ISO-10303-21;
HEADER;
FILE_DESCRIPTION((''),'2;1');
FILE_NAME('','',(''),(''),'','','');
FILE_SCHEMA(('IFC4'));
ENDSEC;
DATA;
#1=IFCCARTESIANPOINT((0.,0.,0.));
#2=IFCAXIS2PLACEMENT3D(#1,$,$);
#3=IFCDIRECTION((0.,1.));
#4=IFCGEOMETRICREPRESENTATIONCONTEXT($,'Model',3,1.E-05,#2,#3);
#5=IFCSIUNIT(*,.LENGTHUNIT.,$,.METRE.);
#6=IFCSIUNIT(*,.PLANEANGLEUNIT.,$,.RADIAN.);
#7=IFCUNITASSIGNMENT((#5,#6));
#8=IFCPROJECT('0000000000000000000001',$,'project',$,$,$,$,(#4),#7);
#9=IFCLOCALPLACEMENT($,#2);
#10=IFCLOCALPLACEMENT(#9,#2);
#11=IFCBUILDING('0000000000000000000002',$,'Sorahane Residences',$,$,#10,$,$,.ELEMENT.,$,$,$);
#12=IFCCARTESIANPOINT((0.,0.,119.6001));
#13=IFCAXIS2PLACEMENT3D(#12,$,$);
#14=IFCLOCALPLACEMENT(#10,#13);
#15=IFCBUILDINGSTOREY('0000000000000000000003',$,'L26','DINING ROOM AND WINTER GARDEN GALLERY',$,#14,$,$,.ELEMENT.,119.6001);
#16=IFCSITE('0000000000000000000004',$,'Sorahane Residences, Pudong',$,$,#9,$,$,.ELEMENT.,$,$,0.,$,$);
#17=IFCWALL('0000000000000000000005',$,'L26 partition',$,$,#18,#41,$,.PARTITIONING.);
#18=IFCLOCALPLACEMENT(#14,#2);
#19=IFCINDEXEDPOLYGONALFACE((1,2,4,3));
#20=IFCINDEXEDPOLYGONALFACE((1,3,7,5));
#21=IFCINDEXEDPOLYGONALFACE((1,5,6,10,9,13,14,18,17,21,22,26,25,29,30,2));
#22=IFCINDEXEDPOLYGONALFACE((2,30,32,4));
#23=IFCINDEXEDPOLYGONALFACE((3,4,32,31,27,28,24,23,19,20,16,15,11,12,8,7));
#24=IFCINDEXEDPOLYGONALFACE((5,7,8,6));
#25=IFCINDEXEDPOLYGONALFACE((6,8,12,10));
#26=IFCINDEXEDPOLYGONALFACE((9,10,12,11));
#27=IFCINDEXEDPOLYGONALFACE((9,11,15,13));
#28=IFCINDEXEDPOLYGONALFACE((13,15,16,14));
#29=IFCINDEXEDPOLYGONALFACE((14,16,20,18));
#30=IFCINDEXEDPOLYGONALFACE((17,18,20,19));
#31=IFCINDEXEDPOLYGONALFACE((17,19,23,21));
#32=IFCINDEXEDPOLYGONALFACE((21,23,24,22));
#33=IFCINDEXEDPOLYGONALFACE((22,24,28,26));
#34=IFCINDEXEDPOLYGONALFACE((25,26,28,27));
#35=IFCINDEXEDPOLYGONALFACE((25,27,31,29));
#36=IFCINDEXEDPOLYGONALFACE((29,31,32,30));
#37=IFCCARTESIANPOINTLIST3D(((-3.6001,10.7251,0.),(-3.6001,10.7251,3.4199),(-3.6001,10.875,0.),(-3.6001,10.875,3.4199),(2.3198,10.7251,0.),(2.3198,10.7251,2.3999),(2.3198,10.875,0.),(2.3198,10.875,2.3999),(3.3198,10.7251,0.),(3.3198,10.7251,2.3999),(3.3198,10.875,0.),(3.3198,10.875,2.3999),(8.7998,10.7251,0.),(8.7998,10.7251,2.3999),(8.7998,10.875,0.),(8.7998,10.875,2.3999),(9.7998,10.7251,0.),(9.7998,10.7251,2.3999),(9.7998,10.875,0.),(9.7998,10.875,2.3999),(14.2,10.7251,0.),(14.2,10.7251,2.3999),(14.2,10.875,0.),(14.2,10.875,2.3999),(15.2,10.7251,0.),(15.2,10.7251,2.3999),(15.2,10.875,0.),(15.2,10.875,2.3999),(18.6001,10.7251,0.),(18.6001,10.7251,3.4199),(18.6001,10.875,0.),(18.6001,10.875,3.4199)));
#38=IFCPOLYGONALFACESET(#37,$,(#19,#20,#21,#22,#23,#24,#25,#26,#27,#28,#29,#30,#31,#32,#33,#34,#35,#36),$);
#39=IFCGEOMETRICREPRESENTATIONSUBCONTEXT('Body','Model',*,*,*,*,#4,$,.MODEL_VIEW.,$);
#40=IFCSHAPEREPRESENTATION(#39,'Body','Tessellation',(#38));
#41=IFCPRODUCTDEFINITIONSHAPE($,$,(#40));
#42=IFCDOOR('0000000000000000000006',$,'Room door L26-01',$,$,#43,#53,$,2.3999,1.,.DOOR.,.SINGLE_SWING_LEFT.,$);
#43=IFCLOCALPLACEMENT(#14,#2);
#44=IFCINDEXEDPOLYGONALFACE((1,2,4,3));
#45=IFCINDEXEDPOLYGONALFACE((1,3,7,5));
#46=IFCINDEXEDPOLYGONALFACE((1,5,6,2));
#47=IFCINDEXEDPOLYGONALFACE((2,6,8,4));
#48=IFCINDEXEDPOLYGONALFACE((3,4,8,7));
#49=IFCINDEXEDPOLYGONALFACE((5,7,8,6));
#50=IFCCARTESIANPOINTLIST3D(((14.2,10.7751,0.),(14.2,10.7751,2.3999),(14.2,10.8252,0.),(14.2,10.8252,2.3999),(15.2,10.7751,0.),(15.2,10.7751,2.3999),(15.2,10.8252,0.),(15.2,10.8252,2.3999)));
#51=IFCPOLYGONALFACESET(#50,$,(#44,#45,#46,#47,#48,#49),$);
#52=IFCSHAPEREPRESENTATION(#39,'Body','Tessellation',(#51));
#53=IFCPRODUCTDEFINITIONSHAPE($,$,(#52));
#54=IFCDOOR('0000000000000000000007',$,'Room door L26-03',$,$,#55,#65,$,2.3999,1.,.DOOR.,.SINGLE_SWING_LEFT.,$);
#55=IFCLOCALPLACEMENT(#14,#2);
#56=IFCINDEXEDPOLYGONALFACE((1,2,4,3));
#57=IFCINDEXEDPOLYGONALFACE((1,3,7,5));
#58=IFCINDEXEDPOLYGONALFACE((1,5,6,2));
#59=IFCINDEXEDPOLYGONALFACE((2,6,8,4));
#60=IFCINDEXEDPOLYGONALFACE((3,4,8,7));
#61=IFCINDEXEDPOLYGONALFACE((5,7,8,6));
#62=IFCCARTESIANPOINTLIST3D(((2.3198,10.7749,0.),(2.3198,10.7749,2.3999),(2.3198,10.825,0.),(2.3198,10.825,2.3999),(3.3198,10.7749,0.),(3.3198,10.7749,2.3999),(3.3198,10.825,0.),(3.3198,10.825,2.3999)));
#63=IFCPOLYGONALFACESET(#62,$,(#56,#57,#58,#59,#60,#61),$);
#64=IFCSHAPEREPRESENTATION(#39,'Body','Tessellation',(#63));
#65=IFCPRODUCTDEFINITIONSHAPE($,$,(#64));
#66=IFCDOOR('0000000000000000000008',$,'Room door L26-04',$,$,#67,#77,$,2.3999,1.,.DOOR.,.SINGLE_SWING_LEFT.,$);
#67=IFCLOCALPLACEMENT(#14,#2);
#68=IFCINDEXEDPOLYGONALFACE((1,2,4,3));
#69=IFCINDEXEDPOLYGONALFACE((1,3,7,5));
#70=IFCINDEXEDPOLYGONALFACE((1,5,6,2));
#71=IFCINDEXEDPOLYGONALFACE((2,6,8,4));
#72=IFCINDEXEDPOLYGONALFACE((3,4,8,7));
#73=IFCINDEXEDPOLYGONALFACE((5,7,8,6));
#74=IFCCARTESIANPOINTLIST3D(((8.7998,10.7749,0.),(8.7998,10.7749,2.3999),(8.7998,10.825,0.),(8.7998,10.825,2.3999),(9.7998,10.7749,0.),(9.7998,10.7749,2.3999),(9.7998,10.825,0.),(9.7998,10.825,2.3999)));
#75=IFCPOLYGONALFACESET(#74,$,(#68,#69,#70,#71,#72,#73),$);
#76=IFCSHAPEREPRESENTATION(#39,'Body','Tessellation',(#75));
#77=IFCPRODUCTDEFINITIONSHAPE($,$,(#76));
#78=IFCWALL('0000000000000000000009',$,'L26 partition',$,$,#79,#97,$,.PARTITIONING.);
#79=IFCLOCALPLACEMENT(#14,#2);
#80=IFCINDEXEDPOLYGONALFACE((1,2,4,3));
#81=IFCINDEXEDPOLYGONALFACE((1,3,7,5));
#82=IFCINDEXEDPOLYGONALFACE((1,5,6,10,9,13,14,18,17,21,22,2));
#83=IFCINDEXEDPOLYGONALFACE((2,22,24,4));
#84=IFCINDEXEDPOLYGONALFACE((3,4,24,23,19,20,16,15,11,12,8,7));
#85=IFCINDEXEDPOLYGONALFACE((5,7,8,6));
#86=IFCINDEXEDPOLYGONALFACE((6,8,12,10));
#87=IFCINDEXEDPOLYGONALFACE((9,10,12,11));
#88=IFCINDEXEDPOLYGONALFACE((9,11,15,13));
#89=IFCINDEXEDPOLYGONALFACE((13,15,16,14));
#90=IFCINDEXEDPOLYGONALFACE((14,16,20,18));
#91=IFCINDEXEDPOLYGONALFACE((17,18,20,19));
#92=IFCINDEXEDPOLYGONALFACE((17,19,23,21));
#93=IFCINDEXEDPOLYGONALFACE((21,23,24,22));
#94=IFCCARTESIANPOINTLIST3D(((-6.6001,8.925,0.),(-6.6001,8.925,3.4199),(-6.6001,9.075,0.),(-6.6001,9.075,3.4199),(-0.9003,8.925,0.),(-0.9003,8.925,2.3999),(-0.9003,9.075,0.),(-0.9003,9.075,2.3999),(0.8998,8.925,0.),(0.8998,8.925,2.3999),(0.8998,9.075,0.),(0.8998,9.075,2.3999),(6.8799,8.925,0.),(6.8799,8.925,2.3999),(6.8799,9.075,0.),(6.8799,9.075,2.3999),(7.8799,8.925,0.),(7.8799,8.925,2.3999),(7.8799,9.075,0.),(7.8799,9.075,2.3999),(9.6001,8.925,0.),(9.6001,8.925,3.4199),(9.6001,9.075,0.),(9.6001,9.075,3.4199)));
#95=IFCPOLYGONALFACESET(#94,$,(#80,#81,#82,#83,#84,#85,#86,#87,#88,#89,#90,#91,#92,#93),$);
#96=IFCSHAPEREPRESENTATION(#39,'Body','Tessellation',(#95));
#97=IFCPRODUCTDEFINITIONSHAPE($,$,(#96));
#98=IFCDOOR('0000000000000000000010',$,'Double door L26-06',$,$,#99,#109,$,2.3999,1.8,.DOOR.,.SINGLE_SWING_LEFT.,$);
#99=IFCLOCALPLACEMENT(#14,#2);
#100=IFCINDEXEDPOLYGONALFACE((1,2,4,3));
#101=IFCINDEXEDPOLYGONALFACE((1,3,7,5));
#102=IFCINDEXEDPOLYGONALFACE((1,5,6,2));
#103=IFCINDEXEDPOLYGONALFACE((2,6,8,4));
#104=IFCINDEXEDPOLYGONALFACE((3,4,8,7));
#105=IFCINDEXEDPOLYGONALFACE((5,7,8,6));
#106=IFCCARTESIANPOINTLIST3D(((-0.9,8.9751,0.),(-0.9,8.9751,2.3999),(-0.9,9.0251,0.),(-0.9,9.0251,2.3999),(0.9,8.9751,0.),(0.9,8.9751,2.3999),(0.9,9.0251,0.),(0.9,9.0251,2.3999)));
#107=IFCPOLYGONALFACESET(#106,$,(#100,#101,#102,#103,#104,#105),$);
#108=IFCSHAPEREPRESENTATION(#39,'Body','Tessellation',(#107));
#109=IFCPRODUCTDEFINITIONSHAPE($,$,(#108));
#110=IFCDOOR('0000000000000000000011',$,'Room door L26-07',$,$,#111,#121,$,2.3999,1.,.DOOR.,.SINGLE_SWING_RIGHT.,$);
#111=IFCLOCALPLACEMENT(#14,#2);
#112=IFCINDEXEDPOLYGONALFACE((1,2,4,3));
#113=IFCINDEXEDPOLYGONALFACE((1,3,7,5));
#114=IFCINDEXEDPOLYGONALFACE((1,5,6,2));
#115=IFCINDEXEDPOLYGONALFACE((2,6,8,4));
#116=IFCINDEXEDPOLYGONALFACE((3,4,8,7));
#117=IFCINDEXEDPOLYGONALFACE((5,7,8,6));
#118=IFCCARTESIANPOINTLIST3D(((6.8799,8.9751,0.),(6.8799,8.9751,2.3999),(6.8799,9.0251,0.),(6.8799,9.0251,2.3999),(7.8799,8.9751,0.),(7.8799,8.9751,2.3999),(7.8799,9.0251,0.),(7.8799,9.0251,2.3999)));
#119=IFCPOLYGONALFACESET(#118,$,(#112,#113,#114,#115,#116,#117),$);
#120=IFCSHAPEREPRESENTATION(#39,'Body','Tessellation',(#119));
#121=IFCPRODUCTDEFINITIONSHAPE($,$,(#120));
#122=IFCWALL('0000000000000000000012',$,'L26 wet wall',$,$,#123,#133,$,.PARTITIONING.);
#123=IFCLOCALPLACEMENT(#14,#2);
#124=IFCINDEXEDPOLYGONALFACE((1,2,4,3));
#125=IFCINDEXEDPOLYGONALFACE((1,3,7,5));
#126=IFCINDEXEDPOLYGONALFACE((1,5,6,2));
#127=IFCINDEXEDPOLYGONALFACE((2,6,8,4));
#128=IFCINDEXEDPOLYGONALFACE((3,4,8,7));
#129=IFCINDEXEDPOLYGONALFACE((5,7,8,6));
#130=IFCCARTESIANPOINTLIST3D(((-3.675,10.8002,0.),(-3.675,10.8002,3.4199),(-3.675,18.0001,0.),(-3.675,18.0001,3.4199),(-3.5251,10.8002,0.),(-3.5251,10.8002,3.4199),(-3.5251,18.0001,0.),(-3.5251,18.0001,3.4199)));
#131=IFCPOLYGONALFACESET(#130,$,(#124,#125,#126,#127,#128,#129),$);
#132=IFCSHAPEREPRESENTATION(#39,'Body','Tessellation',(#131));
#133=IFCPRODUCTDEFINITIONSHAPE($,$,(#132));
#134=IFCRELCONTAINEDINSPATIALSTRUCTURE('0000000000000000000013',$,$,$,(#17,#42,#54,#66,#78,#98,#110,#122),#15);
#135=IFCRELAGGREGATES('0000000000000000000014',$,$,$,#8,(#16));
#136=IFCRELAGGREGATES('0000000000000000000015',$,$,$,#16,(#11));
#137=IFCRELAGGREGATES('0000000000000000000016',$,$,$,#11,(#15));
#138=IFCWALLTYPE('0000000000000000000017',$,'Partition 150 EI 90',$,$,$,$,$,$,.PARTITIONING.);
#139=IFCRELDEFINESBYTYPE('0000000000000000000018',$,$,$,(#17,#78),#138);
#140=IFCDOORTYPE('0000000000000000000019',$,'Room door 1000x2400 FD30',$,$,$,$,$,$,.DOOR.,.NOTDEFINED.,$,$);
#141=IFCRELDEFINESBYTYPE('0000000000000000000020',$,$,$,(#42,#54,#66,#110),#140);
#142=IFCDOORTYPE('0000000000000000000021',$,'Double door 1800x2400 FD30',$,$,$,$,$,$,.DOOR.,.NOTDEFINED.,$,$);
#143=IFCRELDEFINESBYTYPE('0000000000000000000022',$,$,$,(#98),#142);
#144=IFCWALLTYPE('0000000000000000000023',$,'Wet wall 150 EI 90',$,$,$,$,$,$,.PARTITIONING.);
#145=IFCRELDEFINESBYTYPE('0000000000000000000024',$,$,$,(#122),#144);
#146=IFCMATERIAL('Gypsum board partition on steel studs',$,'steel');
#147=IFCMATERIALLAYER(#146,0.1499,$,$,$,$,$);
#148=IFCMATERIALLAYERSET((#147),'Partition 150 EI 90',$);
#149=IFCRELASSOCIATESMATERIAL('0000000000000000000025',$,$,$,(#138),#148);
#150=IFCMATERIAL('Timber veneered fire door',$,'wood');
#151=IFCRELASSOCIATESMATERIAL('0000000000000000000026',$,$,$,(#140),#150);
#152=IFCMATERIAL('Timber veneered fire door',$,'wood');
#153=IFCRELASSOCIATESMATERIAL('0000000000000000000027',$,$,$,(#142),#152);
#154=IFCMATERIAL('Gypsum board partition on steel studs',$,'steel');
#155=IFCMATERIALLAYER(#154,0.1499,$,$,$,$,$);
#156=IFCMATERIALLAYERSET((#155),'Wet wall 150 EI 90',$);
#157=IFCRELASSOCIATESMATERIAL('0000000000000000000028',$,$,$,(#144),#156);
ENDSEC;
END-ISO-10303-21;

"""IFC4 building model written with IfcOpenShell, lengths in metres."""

from ifc_helpers import new_model, si_unit, direction, frame, frame_2d, origin, place, context, subcontext, project, spatial, rectangle, extrude, material, layer, layer_set, type_object, element, fill, save


model = new_model("IFC4")

# Units and contexts
model_context = context("Model", 3, precision=1e-05, world=origin(), true_north=direction((0.0, 1.0)))
body_context = subcontext(model_context, "Body", "Model", "MODEL_VIEW")
ifc_project = project(units=[si_unit("LENGTHUNIT", "METRE"), si_unit("PLANEANGLEUNIT", "RADIAN")], contexts=[model_context])

# Site, building, storey
site_placement = place(None, origin())
site = spatial("IfcSite", under=ifc_project, at=site_placement, Name="Sorahane Residences, Pudong", CompositionType="ELEMENT", RefElevation=0.0)
building_placement = place(site_placement, origin())
building = spatial("IfcBuilding", under=site, at=building_placement, Name="Sorahane Residences", CompositionType="ELEMENT")
storey_placement = place(building_placement, frame((0.0, 0.0, 119.6001)))
storey = spatial("IfcBuildingStorey", under=building, at=storey_placement, Name="L26", Description="DINING ROOM AND WINTER GARDEN GALLERY", CompositionType="ELEMENT", Elevation=119.6001)

# Shared definitions
ifc_material_1 = material(Name="Gypsum board partition on steel studs", Category="steel")
ifc_layer_1 = layer(ifc_material_1, 0.1499)
ifc_layer_set_1 = layer_set([ifc_layer_1], Name="Partition 150 EI 90")
wall_type_1 = type_object("IfcWallType", Name="Partition 150 EI 90", PredefinedType="PARTITIONING", material=ifc_layer_set_1)

# Walls, openings, doors
wall_1_placement = place(storey_placement, frame((-3.6001, 10.8, 0.0), z_axis=(0.0, 0.0, 1.0), x_axis=(1.0, 0.0, 0.0)))
wall_1 = element("IfcWall", 1, at=wall_1_placement, inside=storey, type_object=wall_type_1, Name="L26 partition", PredefinedType="PARTITIONING", context=body_context, shape_type="SweptSolid", body=[
    extrude(rectangle(XDim=22.2002, YDim=0.1499, at=frame_2d((11.1001, 0.0))), origin(), (0.0, 0.0, 1.0), 3.4199),
])
opening_1_placement = place(wall_1_placement, frame((17.8, 0.0, 0.0)))
opening_1 = element("IfcOpeningElement", 2, at=opening_1_placement, cuts=wall_1, PredefinedType="OPENING", context=body_context, shape_type="SweptSolid", body=[
    extrude(rectangle(XDim=1.0, YDim=2.3999, at=frame_2d((0.5, 1.2))), frame((0.0, 0.085, 0.0), z_axis=(0.0, -1.0, 0.0), x_axis=(1.0, 0.0, 0.0)), (0.0, 0.0, 1.0), 0.1699),
])
opening_2_placement = place(wall_1_placement, frame((5.9199, 0.0, 0.0)))
opening_2 = element("IfcOpeningElement", 3, at=opening_2_placement, cuts=wall_1, PredefinedType="OPENING", context=body_context, shape_type="SweptSolid", body=[
    extrude(rectangle(XDim=1.0, YDim=2.3999, at=frame_2d((0.5, 1.2))), frame((0.0, 0.085, 0.0), z_axis=(0.0, -1.0, 0.0), x_axis=(1.0, 0.0, 0.0)), (0.0, 0.0, 1.0), 0.1699),
])
opening_3_placement = place(wall_1_placement, frame((12.3999, 0.0, 0.0)))
opening_3 = element("IfcOpeningElement", 4, at=opening_3_placement, cuts=wall_1, PredefinedType="OPENING", context=body_context, shape_type="SweptSolid", body=[
    extrude(rectangle(XDim=1.0, YDim=2.3999, at=frame_2d((0.5, 1.2))), frame((0.0, 0.085, 0.0), z_axis=(0.0, -1.0, 0.0), x_axis=(1.0, 0.0, 0.0)), (0.0, 0.0, 1.0), 0.1699),
])
ifc_material_2 = material(Name="Timber veneered fire door", Category="wood")
door_type_1 = type_object("IfcDoorType", Name="Room door 1000x2400 FD30", OperationType="NOTDEFINED", PredefinedType="DOOR", material=ifc_material_2)
door_1_placement = place(opening_1_placement, frame((1.0, 0.0, 0.0), z_axis=(0.0, 0.0, 1.0), x_axis=(-1.0, 0.0, 0.0)))
door_1 = element("IfcDoor", 5, at=door_1_placement, inside=storey, type_object=door_type_1, Name="Room door L26-01", OperationType="SINGLE_SWING_LEFT", OverallHeight=2.3999, OverallWidth=1.0, PredefinedType="DOOR", context=body_context, shape_type="SweptSolid", body=[
    extrude(rectangle(XDim=1.0, YDim=2.3999, at=frame_2d((0.5, 1.2))), frame((0.0, 0.0249, 0.0), z_axis=(0.0, -1.0, 0.0), x_axis=(1.0, 0.0, 0.0)), (0.0, 0.0, 1.0), 0.05),
])
fill(opening_1, door_1)
door_2_placement = place(opening_2_placement, origin())
door_2 = element("IfcDoor", 6, at=door_2_placement, inside=storey, type_object=door_type_1, Name="Room door L26-03", OperationType="SINGLE_SWING_LEFT", OverallHeight=2.3999, OverallWidth=1.0, PredefinedType="DOOR", context=body_context, shape_type="SweptSolid", body=[
    extrude(rectangle(XDim=1.0, YDim=2.3999, at=frame_2d((0.5, 1.2))), frame((0.0, 0.0249, 0.0), z_axis=(0.0, -1.0, 0.0), x_axis=(1.0, 0.0, 0.0)), (0.0, 0.0, 1.0), 0.05),
])
fill(opening_2, door_2)
door_3_placement = place(opening_3_placement, origin())
door_3 = element("IfcDoor", 7, at=door_3_placement, inside=storey, type_object=door_type_1, Name="Room door L26-04", OperationType="SINGLE_SWING_LEFT", OverallHeight=2.3999, OverallWidth=1.0, PredefinedType="DOOR", context=body_context, shape_type="SweptSolid", body=[
    extrude(rectangle(XDim=1.0, YDim=2.3999, at=frame_2d((0.5, 1.2))), frame((0.0, 0.0249, 0.0), z_axis=(0.0, -1.0, 0.0), x_axis=(1.0, 0.0, 0.0)), (0.0, 0.0, 1.0), 0.05),
])
fill(opening_3, door_3)
wall_2_placement = place(storey_placement, frame((-6.6001, 9.0, 0.0), z_axis=(0.0, 0.0, 1.0), x_axis=(1.0, 0.0, 0.0)))
wall_2 = element("IfcWall", 8, at=wall_2_placement, inside=storey, type_object=wall_type_1, Name="L26 partition", PredefinedType="PARTITIONING", context=body_context, shape_type="SweptSolid", body=[
    extrude(rectangle(XDim=16.2002, YDim=0.1499, at=frame_2d((8.1001, 0.0))), origin(), (0.0, 0.0, 1.0), 3.4199),
])
opening_4_placement = place(wall_2_placement, frame((5.7, 0.0, 0.0)))
opening_4 = element("IfcOpeningElement", 9, at=opening_4_placement, cuts=wall_2, PredefinedType="OPENING", context=body_context, shape_type="SweptSolid", body=[
    extrude(rectangle(XDim=1.8, YDim=2.3999, at=frame_2d((0.8999, 1.2))), frame((0.0, 0.085, 0.0), z_axis=(0.0, -1.0, 0.0), x_axis=(1.0, 0.0, 0.0)), (0.0, 0.0, 1.0), 0.1699),
])
opening_5_placement = place(wall_2_placement, frame((13.48, 0.0, 0.0)))
opening_5 = element("IfcOpeningElement", 10, at=opening_5_placement, cuts=wall_2, PredefinedType="OPENING", context=body_context, shape_type="SweptSolid", body=[
    extrude(rectangle(XDim=1.0, YDim=2.3999, at=frame_2d((0.5, 1.2))), frame((0.0, 0.085, 0.0), z_axis=(0.0, -1.0, 0.0), x_axis=(1.0, 0.0, 0.0)), (0.0, 0.0, 1.0), 0.1699),
])
ifc_material_3 = material(Name="Timber veneered fire door", Category="wood")
door_type_2 = type_object("IfcDoorType", Name="Double door 1800x2400 FD30", OperationType="NOTDEFINED", PredefinedType="DOOR", material=ifc_material_3)
door_4_placement = place(opening_4_placement, frame((1.8, 0.0, 0.0), z_axis=(0.0, 0.0, 1.0), x_axis=(-1.0, 0.0, 0.0)))
door_4 = element("IfcDoor", 11, at=door_4_placement, inside=storey, type_object=door_type_2, Name="Double door L26-06", OperationType="SINGLE_SWING_LEFT", OverallHeight=2.3999, OverallWidth=1.8, PredefinedType="DOOR", context=body_context, shape_type="SweptSolid", body=[
    extrude(rectangle(XDim=1.8, YDim=2.3999, at=frame_2d((0.8999, 1.2))), frame((0.0, 0.0249, 0.0), z_axis=(0.0, -1.0, 0.0), x_axis=(1.0, 0.0, 0.0)), (0.0, 0.0, 1.0), 0.05),
])
fill(opening_4, door_4)
door_5_placement = place(opening_5_placement, frame((1.0, 0.0, 0.0), z_axis=(0.0, 0.0, 1.0), x_axis=(-1.0, 0.0, 0.0)))
door_5 = element("IfcDoor", 12, at=door_5_placement, inside=storey, type_object=door_type_1, Name="Room door L26-07", OperationType="SINGLE_SWING_RIGHT", OverallHeight=2.3999, OverallWidth=1.0, PredefinedType="DOOR", context=body_context, shape_type="SweptSolid", body=[
    extrude(rectangle(XDim=1.0, YDim=2.3999, at=frame_2d((0.5, 1.2))), frame((0.0, 0.0249, 0.0), z_axis=(0.0, -1.0, 0.0), x_axis=(1.0, 0.0, 0.0)), (0.0, 0.0, 1.0), 0.05),
])
fill(opening_5, door_5)

# Wall
ifc_material_4 = material(Name="Gypsum board partition on steel studs", Category="steel")
ifc_layer_2 = layer(ifc_material_4, 0.1499)
ifc_layer_set_2 = layer_set([ifc_layer_2], Name="Wet wall 150 EI 90")
wall_type_2 = type_object("IfcWallType", Name="Wet wall 150 EI 90", PredefinedType="PARTITIONING", material=ifc_layer_set_2)
wall_3_placement = place(storey_placement, frame((-3.6001, 10.8, 0.0), z_axis=(0.0, 0.0, 1.0), x_axis=(0.0, 1.0, 0.0)))
element("IfcWall", 13, at=wall_3_placement, inside=storey, type_object=wall_type_2, Name="L26 wet wall", PredefinedType="PARTITIONING", context=body_context, shape_type="SweptSolid", body=[
    extrude(rectangle(XDim=7.2, YDim=0.1499, at=frame_2d((3.6001, 0.0))), origin(), (0.0, 0.0, 1.0), 3.4199),
])

save(model, "model.ifc")
